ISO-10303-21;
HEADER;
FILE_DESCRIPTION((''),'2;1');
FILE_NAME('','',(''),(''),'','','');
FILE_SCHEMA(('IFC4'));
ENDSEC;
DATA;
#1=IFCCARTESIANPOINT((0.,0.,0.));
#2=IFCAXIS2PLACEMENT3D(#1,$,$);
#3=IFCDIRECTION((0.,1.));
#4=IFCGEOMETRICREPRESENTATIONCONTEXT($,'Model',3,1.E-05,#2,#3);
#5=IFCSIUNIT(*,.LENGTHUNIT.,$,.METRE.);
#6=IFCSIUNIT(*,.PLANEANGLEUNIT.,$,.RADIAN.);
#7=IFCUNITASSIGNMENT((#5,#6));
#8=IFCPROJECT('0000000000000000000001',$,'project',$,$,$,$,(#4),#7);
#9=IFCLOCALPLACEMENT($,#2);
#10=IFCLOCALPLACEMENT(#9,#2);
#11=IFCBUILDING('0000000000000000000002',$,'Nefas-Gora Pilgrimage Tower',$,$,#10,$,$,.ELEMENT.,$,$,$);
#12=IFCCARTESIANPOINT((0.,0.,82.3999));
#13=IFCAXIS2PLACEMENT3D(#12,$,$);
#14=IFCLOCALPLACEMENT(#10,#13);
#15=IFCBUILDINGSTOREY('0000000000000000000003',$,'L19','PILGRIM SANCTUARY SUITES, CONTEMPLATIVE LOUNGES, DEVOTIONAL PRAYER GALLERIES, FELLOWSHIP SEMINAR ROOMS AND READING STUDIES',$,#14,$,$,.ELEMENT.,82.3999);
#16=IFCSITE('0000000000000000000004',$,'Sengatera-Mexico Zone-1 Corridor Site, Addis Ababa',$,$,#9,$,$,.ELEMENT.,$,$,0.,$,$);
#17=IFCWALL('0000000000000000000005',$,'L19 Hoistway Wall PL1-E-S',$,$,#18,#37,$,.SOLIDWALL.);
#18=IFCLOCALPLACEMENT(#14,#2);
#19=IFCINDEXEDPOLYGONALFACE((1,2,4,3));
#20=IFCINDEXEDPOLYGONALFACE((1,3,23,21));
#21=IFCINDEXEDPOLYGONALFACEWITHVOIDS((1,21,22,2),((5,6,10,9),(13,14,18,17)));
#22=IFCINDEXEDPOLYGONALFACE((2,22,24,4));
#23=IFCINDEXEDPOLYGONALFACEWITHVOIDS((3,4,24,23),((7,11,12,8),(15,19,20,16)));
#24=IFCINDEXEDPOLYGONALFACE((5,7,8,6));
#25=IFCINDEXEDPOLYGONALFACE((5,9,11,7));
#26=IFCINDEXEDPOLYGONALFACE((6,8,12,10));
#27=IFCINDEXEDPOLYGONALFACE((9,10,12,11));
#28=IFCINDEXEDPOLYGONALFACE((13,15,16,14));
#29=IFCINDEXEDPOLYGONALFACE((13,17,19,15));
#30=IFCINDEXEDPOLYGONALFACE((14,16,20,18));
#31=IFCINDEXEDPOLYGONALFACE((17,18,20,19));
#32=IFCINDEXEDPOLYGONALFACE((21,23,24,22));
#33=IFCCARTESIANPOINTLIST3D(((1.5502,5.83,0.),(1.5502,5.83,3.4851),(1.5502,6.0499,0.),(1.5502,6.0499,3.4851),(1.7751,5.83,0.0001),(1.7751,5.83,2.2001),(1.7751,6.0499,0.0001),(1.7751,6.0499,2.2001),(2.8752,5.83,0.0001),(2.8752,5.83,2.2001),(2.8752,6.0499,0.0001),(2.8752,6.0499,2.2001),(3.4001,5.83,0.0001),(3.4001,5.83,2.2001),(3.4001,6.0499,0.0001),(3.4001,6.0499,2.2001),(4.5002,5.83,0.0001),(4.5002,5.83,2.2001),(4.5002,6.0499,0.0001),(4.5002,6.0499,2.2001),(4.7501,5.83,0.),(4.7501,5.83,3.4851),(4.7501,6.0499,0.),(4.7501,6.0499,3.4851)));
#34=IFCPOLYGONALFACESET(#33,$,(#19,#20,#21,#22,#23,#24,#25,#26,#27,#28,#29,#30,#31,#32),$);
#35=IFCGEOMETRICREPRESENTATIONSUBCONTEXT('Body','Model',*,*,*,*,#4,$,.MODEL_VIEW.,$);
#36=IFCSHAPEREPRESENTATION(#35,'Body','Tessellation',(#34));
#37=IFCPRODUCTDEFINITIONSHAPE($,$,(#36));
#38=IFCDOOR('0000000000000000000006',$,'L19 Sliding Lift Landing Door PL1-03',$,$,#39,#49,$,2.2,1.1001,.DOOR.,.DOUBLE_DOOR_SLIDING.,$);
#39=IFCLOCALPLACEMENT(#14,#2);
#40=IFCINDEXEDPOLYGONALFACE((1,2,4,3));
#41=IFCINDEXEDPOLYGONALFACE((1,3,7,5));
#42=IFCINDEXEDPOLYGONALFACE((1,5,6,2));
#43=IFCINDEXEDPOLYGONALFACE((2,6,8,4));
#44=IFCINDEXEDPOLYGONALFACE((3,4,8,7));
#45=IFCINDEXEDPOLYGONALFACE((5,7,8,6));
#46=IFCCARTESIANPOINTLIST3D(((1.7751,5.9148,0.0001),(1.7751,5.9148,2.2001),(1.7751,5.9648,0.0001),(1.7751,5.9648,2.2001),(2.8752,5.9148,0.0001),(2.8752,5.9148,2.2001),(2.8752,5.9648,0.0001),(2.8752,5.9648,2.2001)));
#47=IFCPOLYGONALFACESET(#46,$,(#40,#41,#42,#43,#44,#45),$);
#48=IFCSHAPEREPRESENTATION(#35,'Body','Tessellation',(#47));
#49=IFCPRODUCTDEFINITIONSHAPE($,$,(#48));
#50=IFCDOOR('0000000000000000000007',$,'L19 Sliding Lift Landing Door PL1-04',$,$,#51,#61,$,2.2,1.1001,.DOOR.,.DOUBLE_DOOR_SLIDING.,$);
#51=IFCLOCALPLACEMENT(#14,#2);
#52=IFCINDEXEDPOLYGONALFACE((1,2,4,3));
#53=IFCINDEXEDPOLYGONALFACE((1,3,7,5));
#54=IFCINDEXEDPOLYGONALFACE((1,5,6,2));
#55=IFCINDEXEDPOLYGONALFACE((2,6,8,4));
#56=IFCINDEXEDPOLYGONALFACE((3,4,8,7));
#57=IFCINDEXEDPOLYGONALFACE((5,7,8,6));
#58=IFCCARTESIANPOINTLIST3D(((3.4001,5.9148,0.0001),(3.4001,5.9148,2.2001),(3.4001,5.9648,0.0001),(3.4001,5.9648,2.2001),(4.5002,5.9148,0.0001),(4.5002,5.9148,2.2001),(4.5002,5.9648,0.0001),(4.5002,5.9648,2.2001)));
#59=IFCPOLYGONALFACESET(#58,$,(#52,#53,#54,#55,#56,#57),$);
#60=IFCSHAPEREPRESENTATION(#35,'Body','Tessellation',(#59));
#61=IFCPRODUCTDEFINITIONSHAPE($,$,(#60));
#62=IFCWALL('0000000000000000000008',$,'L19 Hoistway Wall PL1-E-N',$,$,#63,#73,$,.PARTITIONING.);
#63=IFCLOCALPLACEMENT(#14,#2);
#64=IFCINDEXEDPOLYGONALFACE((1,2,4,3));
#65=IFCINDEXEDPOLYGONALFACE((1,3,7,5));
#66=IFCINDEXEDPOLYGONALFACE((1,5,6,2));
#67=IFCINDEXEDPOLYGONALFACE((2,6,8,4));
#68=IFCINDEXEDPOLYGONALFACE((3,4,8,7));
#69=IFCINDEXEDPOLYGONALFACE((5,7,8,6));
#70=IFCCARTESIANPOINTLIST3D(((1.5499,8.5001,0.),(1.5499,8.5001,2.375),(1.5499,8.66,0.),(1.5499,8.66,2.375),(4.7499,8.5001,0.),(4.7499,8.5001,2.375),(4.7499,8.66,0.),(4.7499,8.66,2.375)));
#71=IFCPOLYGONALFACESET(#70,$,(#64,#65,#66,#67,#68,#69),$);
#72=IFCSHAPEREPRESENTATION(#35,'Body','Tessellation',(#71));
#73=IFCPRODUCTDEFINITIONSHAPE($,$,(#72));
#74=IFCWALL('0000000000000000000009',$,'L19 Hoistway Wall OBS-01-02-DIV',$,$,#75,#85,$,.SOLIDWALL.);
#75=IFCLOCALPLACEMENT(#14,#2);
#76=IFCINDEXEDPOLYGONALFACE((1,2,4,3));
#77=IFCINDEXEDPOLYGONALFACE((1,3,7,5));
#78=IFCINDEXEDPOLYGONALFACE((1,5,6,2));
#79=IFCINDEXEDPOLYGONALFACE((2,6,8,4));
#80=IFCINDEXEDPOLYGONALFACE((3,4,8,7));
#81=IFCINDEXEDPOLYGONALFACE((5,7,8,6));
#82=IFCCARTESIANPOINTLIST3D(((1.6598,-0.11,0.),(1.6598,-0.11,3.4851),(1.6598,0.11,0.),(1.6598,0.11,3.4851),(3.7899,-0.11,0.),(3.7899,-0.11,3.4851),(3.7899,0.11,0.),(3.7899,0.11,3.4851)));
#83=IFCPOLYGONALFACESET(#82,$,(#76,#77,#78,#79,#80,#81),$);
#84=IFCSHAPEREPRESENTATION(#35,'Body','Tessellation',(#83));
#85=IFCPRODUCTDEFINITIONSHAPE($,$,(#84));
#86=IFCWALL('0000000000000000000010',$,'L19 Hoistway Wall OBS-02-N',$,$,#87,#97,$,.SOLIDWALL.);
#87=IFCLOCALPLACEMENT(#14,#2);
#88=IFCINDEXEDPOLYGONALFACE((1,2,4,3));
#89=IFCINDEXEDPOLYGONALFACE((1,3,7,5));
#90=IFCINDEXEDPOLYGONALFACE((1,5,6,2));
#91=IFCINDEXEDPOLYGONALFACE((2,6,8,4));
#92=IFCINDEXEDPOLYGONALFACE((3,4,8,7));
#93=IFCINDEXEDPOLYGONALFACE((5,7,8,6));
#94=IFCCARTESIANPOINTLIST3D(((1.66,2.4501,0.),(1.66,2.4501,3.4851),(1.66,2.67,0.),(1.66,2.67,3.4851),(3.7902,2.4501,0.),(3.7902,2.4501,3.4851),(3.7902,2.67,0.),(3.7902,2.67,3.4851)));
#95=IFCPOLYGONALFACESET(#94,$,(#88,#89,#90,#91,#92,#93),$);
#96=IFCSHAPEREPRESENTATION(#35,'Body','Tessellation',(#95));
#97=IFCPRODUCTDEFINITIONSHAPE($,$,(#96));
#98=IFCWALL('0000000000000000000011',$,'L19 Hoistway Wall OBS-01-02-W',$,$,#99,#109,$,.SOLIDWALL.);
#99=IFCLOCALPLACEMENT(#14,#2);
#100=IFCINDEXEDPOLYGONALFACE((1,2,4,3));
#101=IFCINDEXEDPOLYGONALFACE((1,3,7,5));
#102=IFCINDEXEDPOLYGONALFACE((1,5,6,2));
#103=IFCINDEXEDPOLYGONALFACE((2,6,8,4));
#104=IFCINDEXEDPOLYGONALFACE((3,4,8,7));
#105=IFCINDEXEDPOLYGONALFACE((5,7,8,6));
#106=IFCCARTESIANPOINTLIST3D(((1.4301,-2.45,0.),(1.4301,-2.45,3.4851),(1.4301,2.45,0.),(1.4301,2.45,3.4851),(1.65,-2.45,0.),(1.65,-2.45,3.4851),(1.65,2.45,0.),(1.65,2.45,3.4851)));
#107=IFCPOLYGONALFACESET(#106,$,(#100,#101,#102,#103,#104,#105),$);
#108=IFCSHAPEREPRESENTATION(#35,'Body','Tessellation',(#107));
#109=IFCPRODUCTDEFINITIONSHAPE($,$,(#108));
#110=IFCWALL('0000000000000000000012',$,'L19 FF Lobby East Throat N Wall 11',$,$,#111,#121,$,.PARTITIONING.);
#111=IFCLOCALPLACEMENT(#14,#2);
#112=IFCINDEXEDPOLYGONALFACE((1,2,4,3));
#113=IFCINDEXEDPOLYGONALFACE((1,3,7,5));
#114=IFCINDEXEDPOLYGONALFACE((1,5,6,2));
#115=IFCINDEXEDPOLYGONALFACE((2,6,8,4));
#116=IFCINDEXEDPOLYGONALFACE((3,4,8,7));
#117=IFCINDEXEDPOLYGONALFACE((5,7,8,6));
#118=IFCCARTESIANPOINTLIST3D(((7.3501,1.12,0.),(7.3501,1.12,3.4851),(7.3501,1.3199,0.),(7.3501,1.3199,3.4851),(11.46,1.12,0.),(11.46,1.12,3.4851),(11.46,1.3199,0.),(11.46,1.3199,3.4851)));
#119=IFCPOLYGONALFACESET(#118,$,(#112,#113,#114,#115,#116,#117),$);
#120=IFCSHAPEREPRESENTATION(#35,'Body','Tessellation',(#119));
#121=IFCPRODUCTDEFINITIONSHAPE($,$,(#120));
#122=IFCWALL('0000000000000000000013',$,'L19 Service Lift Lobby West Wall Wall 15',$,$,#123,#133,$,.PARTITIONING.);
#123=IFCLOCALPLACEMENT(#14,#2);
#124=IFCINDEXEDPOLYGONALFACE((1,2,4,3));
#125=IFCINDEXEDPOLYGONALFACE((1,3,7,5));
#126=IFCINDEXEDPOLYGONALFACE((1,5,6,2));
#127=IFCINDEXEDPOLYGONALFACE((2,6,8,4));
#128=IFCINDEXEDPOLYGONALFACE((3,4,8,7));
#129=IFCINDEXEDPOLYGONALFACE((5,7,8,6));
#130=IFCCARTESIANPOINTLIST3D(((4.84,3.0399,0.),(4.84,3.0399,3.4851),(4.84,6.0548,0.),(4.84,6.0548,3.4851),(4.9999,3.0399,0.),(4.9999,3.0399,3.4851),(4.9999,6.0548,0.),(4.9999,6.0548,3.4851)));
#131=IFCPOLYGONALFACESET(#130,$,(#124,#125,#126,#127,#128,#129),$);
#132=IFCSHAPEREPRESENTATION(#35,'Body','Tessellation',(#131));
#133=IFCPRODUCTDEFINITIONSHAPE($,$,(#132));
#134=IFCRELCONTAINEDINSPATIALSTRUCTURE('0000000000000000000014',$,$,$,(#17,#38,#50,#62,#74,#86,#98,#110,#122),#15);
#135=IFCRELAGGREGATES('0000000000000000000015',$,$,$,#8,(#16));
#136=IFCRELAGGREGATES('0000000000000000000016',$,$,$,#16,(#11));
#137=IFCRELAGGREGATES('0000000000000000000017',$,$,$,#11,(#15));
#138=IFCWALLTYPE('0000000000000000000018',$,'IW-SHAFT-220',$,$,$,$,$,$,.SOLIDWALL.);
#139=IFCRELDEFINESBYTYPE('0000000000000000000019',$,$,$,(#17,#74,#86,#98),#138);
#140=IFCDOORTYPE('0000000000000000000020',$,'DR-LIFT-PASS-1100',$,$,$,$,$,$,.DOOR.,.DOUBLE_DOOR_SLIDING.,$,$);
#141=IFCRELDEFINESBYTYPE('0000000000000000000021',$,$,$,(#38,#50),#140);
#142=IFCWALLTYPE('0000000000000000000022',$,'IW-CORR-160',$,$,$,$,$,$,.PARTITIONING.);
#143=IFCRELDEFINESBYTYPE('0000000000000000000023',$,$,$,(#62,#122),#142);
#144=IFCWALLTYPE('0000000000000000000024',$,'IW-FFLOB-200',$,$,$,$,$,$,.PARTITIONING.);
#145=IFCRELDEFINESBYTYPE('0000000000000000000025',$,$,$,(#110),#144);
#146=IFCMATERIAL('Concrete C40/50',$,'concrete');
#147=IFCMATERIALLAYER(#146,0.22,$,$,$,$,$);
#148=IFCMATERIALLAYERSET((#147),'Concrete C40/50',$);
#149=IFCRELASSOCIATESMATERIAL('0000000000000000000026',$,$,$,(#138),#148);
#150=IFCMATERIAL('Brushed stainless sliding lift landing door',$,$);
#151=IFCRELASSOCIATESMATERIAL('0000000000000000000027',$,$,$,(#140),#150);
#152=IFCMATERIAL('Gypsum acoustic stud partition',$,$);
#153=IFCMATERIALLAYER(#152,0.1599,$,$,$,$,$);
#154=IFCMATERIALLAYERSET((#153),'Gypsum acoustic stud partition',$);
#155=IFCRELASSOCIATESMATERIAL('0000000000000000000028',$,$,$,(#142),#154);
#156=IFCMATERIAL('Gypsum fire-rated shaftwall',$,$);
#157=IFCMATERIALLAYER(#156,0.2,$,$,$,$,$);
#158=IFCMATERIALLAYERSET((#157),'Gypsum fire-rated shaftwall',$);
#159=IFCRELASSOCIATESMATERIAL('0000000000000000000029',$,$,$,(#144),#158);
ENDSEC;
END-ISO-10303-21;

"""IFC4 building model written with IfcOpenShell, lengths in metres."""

from ifc_helpers import new_model, si_unit, direction, frame, frame_2d, origin, place, context, subcontext, project, spatial, rectangle, extrude, source, transform, mapped, material, layer, layer_set, type_object, element, fill, save


model = new_model("IFC4")

# Units and contexts
model_context = context("Model", 3, precision=1e-05, world=origin(), true_north=direction((0.0, 1.0)))
body_context = subcontext(model_context, "Body", "Model", "MODEL_VIEW")
ifc_project = project(units=[si_unit("LENGTHUNIT", "METRE"), si_unit("PLANEANGLEUNIT", "RADIAN")], contexts=[model_context])

# Site, building, storey
site_placement = place(None, origin())
site = spatial("IfcSite", under=ifc_project, at=site_placement, Name="Sengatera-Mexico Zone-1 Corridor Site, Addis Ababa", CompositionType="ELEMENT", RefElevation=0.0)
building_placement = place(site_placement, origin())
building = spatial("IfcBuilding", under=site, at=building_placement, Name="Nefas-Gora Pilgrimage Tower", CompositionType="ELEMENT")
storey_placement = place(building_placement, frame((0.0, 0.0, 82.3999)))
storey = spatial("IfcBuildingStorey", under=building, at=storey_placement, Name="L19", Description="PILGRIM SANCTUARY SUITES, CONTEMPLATIVE LOUNGES, DEVOTIONAL PRAYER GALLERIES, FELLOWSHIP SEMINAR ROOMS AND READING STUDIES", CompositionType="ELEMENT", Elevation=82.3999)

# Wall, openings, doors
ifc_material_1 = material(Name="Concrete C40/50", Category="concrete")
ifc_layer_1 = layer(ifc_material_1, 0.22)
ifc_layer_set_1 = layer_set([ifc_layer_1], Name="Concrete C40/50")
wall_type_1 = type_object("IfcWallType", Name="IW-SHAFT-220", PredefinedType="SOLIDWALL", material=ifc_layer_set_1)
shared_shape_1 = source(origin(), body_context, "Body", "SweptSolid", [
    extrude(rectangle(XDim=3.2, YDim=0.22, at=frame_2d((1.6001, 0.0))), origin(), (0.0, 0.0, 1.0), 3.4851),
])
wall_1_placement = place(storey_placement, frame((1.55, 5.9399, 0.0), z_axis=(0.0, 0.0, 1.0), x_axis=(1.0, 0.0, 0.0)))
wall_1 = element("IfcWall", 1, at=wall_1_placement, inside=storey, type_object=wall_type_1, Name="L19 Hoistway Wall PL1-E-S", PredefinedType="SOLIDWALL", context=body_context, shape_type="MappedRepresentation", body=[
    mapped(shared_shape_1, transform((0.0, 0.0, 0.0), x_axis=(1.0, 0.0, 0.0), y_axis=(0.0, 1.0, 0.0), z_axis=(0.0, 0.0, 1.0), scale=1.0)),
])
opening_1_placement = place(wall_1_placement, frame((0.2251, 0.0, 0.0)))
opening_1 = element("IfcOpeningElement", 2, at=opening_1_placement, cuts=wall_1, PredefinedType="OPENING", context=body_context, shape_type="SweptSolid", body=[
    extrude(rectangle(XDim=1.1001, YDim=2.2, at=frame_2d((0.55, 1.1001))), frame((0.0, 0.1199, 0.0), z_axis=(0.0, -1.0, 0.0), x_axis=(1.0, 0.0, 0.0)), (0.0, 0.0, 1.0), 0.24),
])
opening_2_placement = place(wall_1_placement, frame((1.8501, 0.0, 0.0)))
opening_2 = element("IfcOpeningElement", 3, at=opening_2_placement, cuts=wall_1, PredefinedType="OPENING", context=body_context, shape_type="SweptSolid", body=[
    extrude(rectangle(XDim=1.1001, YDim=2.2, at=frame_2d((0.55, 1.1001))), frame((0.0, 0.1199, 0.0), z_axis=(0.0, -1.0, 0.0), x_axis=(1.0, 0.0, 0.0)), (0.0, 0.0, 1.0), 0.24),
])
ifc_material_2 = material(Name="Brushed stainless sliding lift landing door")
door_type_1 = type_object("IfcDoorType", Name="DR-LIFT-PASS-1100", OperationType="DOUBLE_DOOR_SLIDING", PredefinedType="DOOR", material=ifc_material_2)
shared_shape_2 = source(origin(), body_context, "Body", "SweptSolid", [
    extrude(rectangle(XDim=1.1001, YDim=2.2, at=frame_2d((0.55, 1.1001))), frame((0.0, 0.0249, 0.0), z_axis=(0.0, -1.0, 0.0), x_axis=(1.0, 0.0, 0.0)), (0.0, 0.0, 1.0), 0.05),
])
door_1_placement = place(opening_1_placement, origin())
door_1 = element("IfcDoor", 4, at=door_1_placement, inside=storey, type_object=door_type_1, Name="L19 Sliding Lift Landing Door PL1-03", OperationType="DOUBLE_DOOR_SLIDING", OverallHeight=2.2, OverallWidth=1.1001, PredefinedType="DOOR", context=body_context, shape_type="MappedRepresentation", body=[
    mapped(shared_shape_2, transform((0.0, 0.0, 0.0), x_axis=(1.0, 0.0, 0.0), y_axis=(0.0, 1.0, 0.0), z_axis=(0.0, 0.0, 1.0), scale=1.0)),
])
fill(opening_1, door_1)
door_2_placement = place(opening_2_placement, origin())
door_2 = element("IfcDoor", 5, at=door_2_placement, inside=storey, type_object=door_type_1, Name="L19 Sliding Lift Landing Door PL1-04", OperationType="DOUBLE_DOOR_SLIDING", OverallHeight=2.2, OverallWidth=1.1001, PredefinedType="DOOR", context=body_context, shape_type="MappedRepresentation", body=[
    mapped(shared_shape_2, transform((0.0, 0.0, 0.0), x_axis=(1.0, 0.0, 0.0), y_axis=(0.0, 1.0, 0.0), z_axis=(0.0, 0.0, 1.0), scale=1.0)),
])
fill(opening_2, door_2)

# Walls
ifc_material_3 = material(Name="Gypsum acoustic stud partition")
ifc_layer_2 = layer(ifc_material_3, 0.1599)
ifc_layer_set_2 = layer_set([ifc_layer_2], Name="Gypsum acoustic stud partition")
wall_type_2 = type_object("IfcWallType", Name="IW-CORR-160", PredefinedType="PARTITIONING", material=ifc_layer_set_2)
shared_shape_3 = source(origin(), body_context, "Body", "SweptSolid", [
    extrude(rectangle(XDim=3.2, YDim=0.1599, at=frame_2d((1.6001, 0.0))), origin(), (0.0, 0.0, 1.0), 2.375),
])
wall_2_placement = place(storey_placement, frame((4.75, 8.5801, 0.0), z_axis=(0.0, 0.0, 1.0), x_axis=(-1.0, 0.0, 0.0)))
element("IfcWall", 6, at=wall_2_placement, inside=storey, type_object=wall_type_2, Name="L19 Hoistway Wall PL1-E-N", PredefinedType="PARTITIONING", context=body_context, shape_type="MappedRepresentation", body=[
    mapped(shared_shape_3, transform((0.0, 0.0, 0.0), x_axis=(1.0, 0.0, 0.0), y_axis=(0.0, 1.0, 0.0), z_axis=(0.0, 0.0, 1.0), scale=1.0)),
])
shared_shape_4 = source(origin(), body_context, "Body", "SweptSolid", [
    extrude(rectangle(XDim=2.1301, YDim=0.22, at=frame_2d((1.0649, 0.0))), origin(), (0.0, 0.0, 1.0), 3.4851),
])
for number, where, z_axis, x_axis, name in (
    (7, (1.6599, 0.0, 0.0), (0.0, 0.0, 1.0), (1.0, 0.0, 0.0), "L19 Hoistway Wall OBS-01-02-DIV"),
    (8, (3.79, 2.5601, 0.0), (0.0, 0.0, 1.0), (-1.0, 0.0, 0.0), "L19 Hoistway Wall OBS-02-N"),
):
    element("IfcWall", number, at=place(storey_placement, frame(where, z_axis=z_axis, x_axis=x_axis)), inside=storey, type_object=wall_type_1, Name=name, PredefinedType="SOLIDWALL", context=body_context, shape_type="MappedRepresentation", body=[
        mapped(shared_shape_4, transform((0.0, 0.0, 0.0), x_axis=(1.0, 0.0, 0.0), y_axis=(0.0, 1.0, 0.0), z_axis=(0.0, 0.0, 1.0), scale=1.0)),
    ])
shared_shape_5 = source(origin(), body_context, "Body", "SweptSolid", [
    extrude(rectangle(XDim=4.8999, YDim=0.22, at=frame_2d((2.45, 0.0))), origin(), (0.0, 0.0, 1.0), 3.4851),
])
wall_3_placement = place(storey_placement, frame((1.54, 2.45, 0.0), z_axis=(0.0, 0.0, 1.0), x_axis=(0.0, -1.0, 0.0)))
element("IfcWall", 9, at=wall_3_placement, inside=storey, type_object=wall_type_1, Name="L19 Hoistway Wall OBS-01-02-W", PredefinedType="SOLIDWALL", context=body_context, shape_type="MappedRepresentation", body=[
    mapped(shared_shape_5, transform((0.0, 0.0, 0.0), x_axis=(1.0, 0.0, 0.0), y_axis=(0.0, 1.0, 0.0), z_axis=(0.0, 0.0, 1.0), scale=1.0)),
])

# Shared definitions
ifc_material_4 = material(Name="Gypsum fire-rated shaftwall")
ifc_layer_3 = layer(ifc_material_4, 0.2)
ifc_layer_set_3 = layer_set([ifc_layer_3], Name="Gypsum fire-rated shaftwall")
wall_type_3 = type_object("IfcWallType", Name="IW-FFLOB-200", PredefinedType="PARTITIONING", material=ifc_layer_set_3)

# Walls
shared_shape_6 = source(origin(), body_context, "Body", "SweptSolid", [
    extrude(rectangle(XDim=4.1099, YDim=0.2, at=frame_2d((2.0549, 0.0))), origin(), (0.0, 0.0, 1.0), 3.4851),
])
wall_4_placement = place(storey_placement, frame((7.3501, 1.22, 0.0), z_axis=(0.0, 0.0, 1.0), x_axis=(1.0, 0.0, 0.0)))
element("IfcWall", 10, at=wall_4_placement, inside=storey, type_object=wall_type_3, Name="L19 FF Lobby East Throat N Wall 11", PredefinedType="PARTITIONING", context=body_context, shape_type="MappedRepresentation", body=[
    mapped(shared_shape_6, transform((0.0, 0.0, 0.0), x_axis=(1.0, 0.0, 0.0), y_axis=(0.0, 1.0, 0.0), z_axis=(0.0, 0.0, 1.0), scale=1.0)),
])
shared_shape_7 = source(origin(), body_context, "Body", "SweptSolid", [
    extrude(rectangle(XDim=3.0149, YDim=0.1599, at=frame_2d((1.5073, 0.0))), origin(), (0.0, 0.0, 1.0), 3.4851),
])
wall_5_placement = place(storey_placement, frame((4.9199, 3.04, 0.0), z_axis=(0.0, 0.0, 1.0), x_axis=(0.0, 1.0, 0.0)))
element("IfcWall", 11, at=wall_5_placement, inside=storey, type_object=wall_type_2, Name="L19 Service Lift Lobby West Wall Wall 15", PredefinedType="PARTITIONING", context=body_context, shape_type="MappedRepresentation", body=[
    mapped(shared_shape_7, transform((0.0, 0.0, 0.0), x_axis=(1.0, 0.0, 0.0), y_axis=(0.0, 1.0, 0.0), z_axis=(0.0, 0.0, 1.0), scale=1.0)),
])

save(model, "model.ifc")
